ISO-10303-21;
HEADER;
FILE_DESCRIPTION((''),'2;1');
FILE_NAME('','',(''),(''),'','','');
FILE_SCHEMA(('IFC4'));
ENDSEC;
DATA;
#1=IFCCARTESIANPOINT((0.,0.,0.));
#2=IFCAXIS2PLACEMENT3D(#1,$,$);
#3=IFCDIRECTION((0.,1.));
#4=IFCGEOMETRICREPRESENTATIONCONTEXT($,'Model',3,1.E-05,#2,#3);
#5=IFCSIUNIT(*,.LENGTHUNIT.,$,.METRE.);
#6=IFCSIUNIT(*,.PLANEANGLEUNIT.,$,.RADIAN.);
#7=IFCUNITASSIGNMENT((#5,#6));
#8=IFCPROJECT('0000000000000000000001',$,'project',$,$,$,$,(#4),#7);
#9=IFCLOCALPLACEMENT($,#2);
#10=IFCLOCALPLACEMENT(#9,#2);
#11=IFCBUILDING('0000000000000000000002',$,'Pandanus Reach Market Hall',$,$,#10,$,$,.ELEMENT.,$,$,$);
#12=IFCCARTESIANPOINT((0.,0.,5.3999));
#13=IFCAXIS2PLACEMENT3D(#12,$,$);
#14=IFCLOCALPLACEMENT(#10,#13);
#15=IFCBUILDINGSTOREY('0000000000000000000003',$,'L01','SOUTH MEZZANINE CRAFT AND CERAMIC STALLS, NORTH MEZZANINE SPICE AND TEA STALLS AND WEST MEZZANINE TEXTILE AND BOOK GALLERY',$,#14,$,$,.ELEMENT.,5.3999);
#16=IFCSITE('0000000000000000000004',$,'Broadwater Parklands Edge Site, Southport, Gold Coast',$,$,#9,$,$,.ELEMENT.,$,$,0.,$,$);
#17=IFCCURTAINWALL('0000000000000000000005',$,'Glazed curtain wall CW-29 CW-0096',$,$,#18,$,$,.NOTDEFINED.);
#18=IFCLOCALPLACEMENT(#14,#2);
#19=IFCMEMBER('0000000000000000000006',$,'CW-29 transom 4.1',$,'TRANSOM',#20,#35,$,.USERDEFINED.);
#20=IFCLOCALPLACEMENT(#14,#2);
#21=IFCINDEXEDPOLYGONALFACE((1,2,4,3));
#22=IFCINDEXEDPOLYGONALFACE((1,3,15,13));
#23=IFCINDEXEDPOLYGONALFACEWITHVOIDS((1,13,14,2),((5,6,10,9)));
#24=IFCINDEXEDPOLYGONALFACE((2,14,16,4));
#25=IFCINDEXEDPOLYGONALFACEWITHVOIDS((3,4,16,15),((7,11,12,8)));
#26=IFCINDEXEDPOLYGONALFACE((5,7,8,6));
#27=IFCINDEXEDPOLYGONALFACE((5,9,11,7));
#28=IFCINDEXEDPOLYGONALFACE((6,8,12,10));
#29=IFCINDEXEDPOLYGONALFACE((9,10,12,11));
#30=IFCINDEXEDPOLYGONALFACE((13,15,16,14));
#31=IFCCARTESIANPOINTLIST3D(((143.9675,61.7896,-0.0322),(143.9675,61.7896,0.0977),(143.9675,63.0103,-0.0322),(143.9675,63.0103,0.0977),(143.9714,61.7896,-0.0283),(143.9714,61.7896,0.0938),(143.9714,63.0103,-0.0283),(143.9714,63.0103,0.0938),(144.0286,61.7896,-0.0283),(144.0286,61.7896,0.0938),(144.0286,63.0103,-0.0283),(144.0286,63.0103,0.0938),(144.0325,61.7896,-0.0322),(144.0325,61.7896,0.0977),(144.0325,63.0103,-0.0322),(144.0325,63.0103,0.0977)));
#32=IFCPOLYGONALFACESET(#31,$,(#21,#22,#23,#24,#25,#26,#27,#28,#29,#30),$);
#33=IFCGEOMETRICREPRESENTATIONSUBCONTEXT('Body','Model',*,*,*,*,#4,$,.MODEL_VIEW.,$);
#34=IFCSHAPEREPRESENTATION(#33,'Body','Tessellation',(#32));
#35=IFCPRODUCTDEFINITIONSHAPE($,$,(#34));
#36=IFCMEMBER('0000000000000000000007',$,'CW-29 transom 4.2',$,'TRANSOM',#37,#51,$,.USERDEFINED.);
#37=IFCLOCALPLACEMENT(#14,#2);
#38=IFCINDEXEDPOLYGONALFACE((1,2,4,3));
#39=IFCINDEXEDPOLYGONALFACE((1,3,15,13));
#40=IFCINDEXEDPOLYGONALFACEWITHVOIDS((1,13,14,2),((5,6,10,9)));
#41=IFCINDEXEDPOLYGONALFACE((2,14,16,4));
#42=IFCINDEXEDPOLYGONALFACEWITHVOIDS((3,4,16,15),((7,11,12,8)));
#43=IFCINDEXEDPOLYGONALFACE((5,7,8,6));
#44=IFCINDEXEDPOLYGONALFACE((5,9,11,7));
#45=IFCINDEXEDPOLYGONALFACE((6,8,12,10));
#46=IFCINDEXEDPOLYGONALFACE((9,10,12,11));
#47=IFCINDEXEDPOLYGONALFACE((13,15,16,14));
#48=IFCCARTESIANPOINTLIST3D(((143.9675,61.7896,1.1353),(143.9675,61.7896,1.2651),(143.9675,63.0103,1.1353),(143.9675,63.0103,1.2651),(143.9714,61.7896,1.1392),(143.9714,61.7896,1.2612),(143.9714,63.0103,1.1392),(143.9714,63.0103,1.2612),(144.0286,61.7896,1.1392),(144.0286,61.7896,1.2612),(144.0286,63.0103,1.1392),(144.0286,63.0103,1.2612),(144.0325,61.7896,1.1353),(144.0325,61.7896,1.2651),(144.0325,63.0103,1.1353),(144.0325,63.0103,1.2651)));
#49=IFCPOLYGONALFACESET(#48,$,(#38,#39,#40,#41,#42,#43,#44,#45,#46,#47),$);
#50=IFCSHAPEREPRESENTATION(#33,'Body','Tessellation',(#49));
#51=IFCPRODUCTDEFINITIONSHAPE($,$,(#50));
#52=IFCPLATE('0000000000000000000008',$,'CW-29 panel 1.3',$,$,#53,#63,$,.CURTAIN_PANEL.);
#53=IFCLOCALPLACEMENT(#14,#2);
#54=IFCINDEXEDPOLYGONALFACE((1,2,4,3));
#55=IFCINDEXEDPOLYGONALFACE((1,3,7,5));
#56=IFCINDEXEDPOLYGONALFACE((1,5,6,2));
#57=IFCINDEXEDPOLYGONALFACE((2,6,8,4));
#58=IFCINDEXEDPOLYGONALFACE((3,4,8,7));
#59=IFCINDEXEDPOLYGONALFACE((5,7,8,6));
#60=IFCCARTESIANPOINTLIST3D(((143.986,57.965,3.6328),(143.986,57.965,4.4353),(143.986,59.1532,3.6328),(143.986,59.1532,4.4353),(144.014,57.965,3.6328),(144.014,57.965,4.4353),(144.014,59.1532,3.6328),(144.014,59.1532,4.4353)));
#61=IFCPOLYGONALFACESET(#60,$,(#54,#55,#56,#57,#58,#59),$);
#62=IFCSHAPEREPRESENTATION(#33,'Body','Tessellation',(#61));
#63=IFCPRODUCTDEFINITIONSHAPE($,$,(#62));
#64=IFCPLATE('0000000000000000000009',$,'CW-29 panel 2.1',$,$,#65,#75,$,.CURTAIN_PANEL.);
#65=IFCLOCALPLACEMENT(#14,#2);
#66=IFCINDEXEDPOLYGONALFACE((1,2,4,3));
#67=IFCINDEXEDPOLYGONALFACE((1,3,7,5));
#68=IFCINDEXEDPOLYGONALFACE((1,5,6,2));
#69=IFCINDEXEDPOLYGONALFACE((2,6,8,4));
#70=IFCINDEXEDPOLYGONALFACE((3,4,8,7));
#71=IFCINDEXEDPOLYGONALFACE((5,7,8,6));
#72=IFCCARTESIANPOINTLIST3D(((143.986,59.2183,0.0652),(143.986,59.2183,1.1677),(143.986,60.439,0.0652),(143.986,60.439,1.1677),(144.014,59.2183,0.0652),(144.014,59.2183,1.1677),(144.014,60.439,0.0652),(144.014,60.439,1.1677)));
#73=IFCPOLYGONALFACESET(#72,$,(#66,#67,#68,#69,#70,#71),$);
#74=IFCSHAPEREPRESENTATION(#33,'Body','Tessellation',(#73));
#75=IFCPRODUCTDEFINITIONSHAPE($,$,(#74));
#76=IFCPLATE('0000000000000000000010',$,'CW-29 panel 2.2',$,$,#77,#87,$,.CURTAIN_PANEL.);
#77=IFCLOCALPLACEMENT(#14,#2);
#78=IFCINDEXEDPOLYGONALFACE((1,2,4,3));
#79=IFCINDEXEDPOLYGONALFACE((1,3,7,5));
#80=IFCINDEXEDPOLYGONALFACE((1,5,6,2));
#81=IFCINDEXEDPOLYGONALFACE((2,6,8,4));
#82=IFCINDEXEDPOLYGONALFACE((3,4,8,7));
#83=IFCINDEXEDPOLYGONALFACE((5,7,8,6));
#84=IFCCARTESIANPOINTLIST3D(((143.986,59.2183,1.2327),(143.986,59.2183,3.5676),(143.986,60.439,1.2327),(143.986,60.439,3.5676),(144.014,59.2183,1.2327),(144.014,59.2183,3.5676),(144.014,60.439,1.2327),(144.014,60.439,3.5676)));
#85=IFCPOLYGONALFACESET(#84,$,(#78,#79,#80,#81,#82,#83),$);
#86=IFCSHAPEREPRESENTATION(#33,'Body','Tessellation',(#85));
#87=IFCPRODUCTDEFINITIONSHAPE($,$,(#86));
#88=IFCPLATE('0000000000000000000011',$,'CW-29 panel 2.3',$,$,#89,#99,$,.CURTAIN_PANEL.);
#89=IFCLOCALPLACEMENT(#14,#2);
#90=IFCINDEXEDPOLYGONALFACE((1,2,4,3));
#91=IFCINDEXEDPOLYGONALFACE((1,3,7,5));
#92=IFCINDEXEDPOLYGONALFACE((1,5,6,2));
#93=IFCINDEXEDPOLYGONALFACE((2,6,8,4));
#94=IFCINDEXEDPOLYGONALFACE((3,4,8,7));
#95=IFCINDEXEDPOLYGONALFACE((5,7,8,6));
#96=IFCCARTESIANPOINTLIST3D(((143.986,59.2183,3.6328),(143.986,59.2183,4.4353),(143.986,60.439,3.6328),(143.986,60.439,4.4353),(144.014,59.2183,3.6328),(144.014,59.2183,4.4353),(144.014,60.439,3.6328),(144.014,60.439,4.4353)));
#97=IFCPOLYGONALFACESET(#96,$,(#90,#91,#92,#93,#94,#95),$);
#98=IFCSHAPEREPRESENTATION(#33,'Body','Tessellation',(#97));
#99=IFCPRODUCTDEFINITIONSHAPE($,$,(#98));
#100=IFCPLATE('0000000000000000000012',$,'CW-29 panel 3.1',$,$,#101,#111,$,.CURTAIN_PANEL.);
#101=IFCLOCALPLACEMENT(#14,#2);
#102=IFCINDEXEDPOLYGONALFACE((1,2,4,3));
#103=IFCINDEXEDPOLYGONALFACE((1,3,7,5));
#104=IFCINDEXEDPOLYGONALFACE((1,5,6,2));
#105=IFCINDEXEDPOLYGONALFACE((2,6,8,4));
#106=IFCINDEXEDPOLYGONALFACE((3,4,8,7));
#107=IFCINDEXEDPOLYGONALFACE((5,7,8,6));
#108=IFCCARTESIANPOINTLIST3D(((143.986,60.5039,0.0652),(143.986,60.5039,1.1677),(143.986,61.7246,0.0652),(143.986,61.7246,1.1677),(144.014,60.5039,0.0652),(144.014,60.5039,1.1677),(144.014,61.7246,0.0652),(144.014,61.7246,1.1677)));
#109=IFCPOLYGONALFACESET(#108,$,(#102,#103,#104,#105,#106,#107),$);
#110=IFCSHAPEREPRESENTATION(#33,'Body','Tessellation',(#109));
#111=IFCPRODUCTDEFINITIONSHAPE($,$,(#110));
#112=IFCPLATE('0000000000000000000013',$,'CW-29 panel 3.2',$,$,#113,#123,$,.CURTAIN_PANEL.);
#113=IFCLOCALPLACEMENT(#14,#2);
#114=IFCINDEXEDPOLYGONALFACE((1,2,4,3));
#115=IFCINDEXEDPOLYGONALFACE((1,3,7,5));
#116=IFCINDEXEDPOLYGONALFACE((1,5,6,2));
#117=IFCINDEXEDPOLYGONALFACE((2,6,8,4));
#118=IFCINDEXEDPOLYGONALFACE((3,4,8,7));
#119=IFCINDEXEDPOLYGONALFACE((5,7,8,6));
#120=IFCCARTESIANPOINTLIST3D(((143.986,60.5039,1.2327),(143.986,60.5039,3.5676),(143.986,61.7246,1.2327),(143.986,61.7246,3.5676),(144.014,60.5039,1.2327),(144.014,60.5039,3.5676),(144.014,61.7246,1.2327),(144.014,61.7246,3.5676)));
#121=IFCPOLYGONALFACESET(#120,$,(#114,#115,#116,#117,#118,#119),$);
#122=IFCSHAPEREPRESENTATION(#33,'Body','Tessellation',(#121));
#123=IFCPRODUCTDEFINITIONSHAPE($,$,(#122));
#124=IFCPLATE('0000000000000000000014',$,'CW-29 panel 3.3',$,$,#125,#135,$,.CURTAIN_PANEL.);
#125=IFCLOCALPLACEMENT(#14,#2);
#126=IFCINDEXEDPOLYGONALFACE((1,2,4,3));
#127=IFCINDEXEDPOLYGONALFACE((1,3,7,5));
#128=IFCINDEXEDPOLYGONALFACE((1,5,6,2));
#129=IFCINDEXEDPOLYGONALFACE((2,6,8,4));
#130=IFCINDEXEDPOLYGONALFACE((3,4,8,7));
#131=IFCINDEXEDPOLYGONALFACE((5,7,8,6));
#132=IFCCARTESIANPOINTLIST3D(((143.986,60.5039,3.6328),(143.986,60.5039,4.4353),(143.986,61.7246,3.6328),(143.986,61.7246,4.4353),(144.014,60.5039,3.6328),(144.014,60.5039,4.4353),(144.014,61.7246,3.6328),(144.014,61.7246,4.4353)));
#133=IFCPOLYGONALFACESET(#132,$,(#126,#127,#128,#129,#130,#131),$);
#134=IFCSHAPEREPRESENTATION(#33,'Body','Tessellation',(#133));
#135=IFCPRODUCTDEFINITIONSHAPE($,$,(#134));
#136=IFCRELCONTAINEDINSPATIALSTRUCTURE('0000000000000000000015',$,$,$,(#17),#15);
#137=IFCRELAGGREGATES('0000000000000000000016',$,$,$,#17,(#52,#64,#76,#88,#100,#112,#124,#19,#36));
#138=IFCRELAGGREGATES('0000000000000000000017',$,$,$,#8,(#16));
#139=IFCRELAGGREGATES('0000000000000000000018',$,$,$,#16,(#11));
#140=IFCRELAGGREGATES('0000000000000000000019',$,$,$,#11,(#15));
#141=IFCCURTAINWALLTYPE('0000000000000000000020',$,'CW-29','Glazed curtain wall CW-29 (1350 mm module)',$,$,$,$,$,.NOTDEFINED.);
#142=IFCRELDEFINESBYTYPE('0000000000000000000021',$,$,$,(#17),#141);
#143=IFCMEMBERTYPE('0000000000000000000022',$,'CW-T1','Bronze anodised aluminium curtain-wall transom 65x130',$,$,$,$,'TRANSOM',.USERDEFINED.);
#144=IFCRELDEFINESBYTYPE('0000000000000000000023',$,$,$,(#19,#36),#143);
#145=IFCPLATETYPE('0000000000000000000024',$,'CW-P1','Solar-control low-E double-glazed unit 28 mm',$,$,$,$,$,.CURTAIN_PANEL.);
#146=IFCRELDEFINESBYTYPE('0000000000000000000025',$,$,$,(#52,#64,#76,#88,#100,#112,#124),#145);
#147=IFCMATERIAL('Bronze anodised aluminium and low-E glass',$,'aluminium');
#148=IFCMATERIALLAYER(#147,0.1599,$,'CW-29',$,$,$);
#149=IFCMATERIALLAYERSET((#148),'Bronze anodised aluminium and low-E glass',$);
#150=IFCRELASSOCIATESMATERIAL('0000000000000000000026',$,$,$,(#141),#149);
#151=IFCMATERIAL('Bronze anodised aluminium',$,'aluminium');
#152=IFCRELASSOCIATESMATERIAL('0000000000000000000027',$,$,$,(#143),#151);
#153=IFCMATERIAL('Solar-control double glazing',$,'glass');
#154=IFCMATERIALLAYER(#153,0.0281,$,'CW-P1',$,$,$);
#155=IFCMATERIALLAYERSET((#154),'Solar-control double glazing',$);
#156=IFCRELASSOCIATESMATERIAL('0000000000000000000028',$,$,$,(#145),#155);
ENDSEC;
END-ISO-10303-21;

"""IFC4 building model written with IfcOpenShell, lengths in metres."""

from ifc_helpers import new_model, si_unit, direction, frame, origin, origin_2d, place, context, subcontext, project, spatial, rectangle, hollow_rectangle, extrude, material, layer, layer_set, material_profile, profile_set, type_object, element, aggregate, save


model = new_model("IFC4")

# Units and contexts
model_context = context("Model", 3, precision=1e-05, world=origin(), true_north=direction((0.0, 1.0)))
body_context = subcontext(model_context, "Body", "Model", "MODEL_VIEW")
ifc_project = project(units=[si_unit("LENGTHUNIT", "METRE"), si_unit("PLANEANGLEUNIT", "RADIAN")], contexts=[model_context])

# Site, building, storey
site_placement = place(None, origin())
site = spatial("IfcSite", under=ifc_project, at=site_placement, Name="Broadwater Parklands Edge Site, Southport, Gold Coast", CompositionType="ELEMENT", RefElevation=0.0)
building_placement = place(site_placement, origin())
building = spatial("IfcBuilding", under=site, at=building_placement, Name="Pandanus Reach Market Hall", CompositionType="ELEMENT")
storey_placement = place(building_placement, frame((0.0, 0.0, 5.3999)))
storey = spatial("IfcBuildingStorey", under=building, at=storey_placement, Name="L01", Description="SOUTH MEZZANINE CRAFT AND CERAMIC STALLS, NORTH MEZZANINE SPICE AND TEA STALLS AND WEST MEZZANINE TEXTILE AND BOOK GALLERY", CompositionType="ELEMENT", Elevation=5.3999)

# Curtain wall, members, plates
ifc_material_1 = material(Name="Bronze anodised aluminium and low-E glass", Category="aluminium")
ifc_layer_1 = layer(ifc_material_1, 0.1599, Name="CW-29")
ifc_layer_set_1 = layer_set([ifc_layer_1], Name="Bronze anodised aluminium and low-E glass")
curtain_wall_type = type_object("IfcCurtainWallType", Name="CW-29", Description="Glazed curtain wall CW-29 (1350 mm module)", PredefinedType="NOTDEFINED", material=ifc_layer_set_1)
curtain_wall_placement = place(storey_placement, origin())
curtain_wall = element("IfcCurtainWall", 1, at=curtain_wall_placement, inside=storey, type_object=curtain_wall_type, Name="Glazed curtain wall CW-29 CW-0096", PredefinedType="NOTDEFINED")
ifc_material_2 = material(Name="Bronze anodised aluminium", Category="aluminium")
ifc_material_profile_1 = material_profile(ifc_material_2, hollow_rectangle(XDim=0.0649, YDim=0.1299, WallThickness=0.0039, at=origin_2d()), Name="ALU65x130", Category="LoadBearing")
ifc_profile_set_1 = profile_set([ifc_material_profile_1], Name="Bronze anodised aluminium")
member_type_1 = type_object("IfcMemberType", Name="CW-T1", Description="Bronze anodised aluminium curtain-wall transom 65x130", ElementType="TRANSOM", PredefinedType="USERDEFINED", material=ifc_profile_set_1)
member_1_placement = place(storey_placement, frame((144.0, 61.7896, 0.0327), z_axis=(0.0, 1.0, 0.0), x_axis=(-1.0, 0.0, 0.0)))
member_1 = element("IfcMember", 2, at=member_1_placement, type_object=member_type_1, Name="CW-29 transom 4.1", ObjectType="TRANSOM", PredefinedType="USERDEFINED", context=body_context, shape_type="SweptSolid", body=[
    extrude(hollow_rectangle(XDim=0.0649, YDim=0.1299, WallThickness=0.0039, at=origin_2d()), origin(), (0.0, 0.0, 1.0), 1.2207),
])
member_2_placement = place(storey_placement, frame((144.0, 61.7896, 1.2002), z_axis=(0.0, 1.0, 0.0), x_axis=(-1.0, 0.0, 0.0)))
member_2 = element("IfcMember", 3, at=member_2_placement, type_object=member_type_1, Name="CW-29 transom 4.2", ObjectType="TRANSOM", PredefinedType="USERDEFINED", context=body_context, shape_type="SweptSolid", body=[
    extrude(hollow_rectangle(XDim=0.0649, YDim=0.1299, WallThickness=0.0039, at=origin_2d()), origin(), (0.0, 0.0, 1.0), 1.2207),
])
ifc_material_3 = material(Name="Solar-control double glazing", Category="glass")
ifc_layer_2 = layer(ifc_material_3, 0.0281, Name="CW-P1")
ifc_layer_set_2 = layer_set([ifc_layer_2], Name="Solar-control double glazing")
plate_type = type_object("IfcPlateType", Name="CW-P1", Description="Solar-control low-E double-glazed unit 28 mm", PredefinedType="CURTAIN_PANEL", material=ifc_layer_set_2)
plate_1_placement = place(storey_placement, frame((144.0, 58.5591, 3.6328), z_axis=(0.0, 0.0, 1.0), x_axis=(0.0, 1.0, 0.0)))
plate_1 = element("IfcPlate", 4, at=plate_1_placement, type_object=plate_type, Name="CW-29 panel 1.3", PredefinedType="CURTAIN_PANEL", context=body_context, shape_type="SweptSolid", body=[
    extrude(rectangle(XDim=1.1882, YDim=0.0281, at=origin_2d()), origin(), (0.0, 0.0, 1.0), 0.8025),
])
plate_2_placement = place(storey_placement, frame((144.0, 59.8286, 0.0652), z_axis=(0.0, 0.0, 1.0), x_axis=(0.0, 1.0, 0.0)))
plate_2 = element("IfcPlate", 5, at=plate_2_placement, type_object=plate_type, Name="CW-29 panel 2.1", PredefinedType="CURTAIN_PANEL", context=body_context, shape_type="SweptSolid", body=[
    extrude(rectangle(XDim=1.2207, YDim=0.0281, at=origin_2d()), origin(), (0.0, 0.0, 1.0), 1.1025),
])
plate_3_placement = place(storey_placement, frame((144.0, 59.8286, 1.2327), z_axis=(0.0, 0.0, 1.0), x_axis=(0.0, 1.0, 0.0)))
plate_3 = element("IfcPlate", 6, at=plate_3_placement, type_object=plate_type, Name="CW-29 panel 2.2", PredefinedType="CURTAIN_PANEL", context=body_context, shape_type="SweptSolid", body=[
    extrude(rectangle(XDim=1.2207, YDim=0.0281, at=origin_2d()), origin(), (0.0, 0.0, 1.0), 2.335),
])
plate_4_placement = place(storey_placement, frame((144.0, 59.8286, 3.6328), z_axis=(0.0, 0.0, 1.0), x_axis=(0.0, 1.0, 0.0)))
plate_4 = element("IfcPlate", 7, at=plate_4_placement, type_object=plate_type, Name="CW-29 panel 2.3", PredefinedType="CURTAIN_PANEL", context=body_context, shape_type="SweptSolid", body=[
    extrude(rectangle(XDim=1.2207, YDim=0.0281, at=origin_2d()), origin(), (0.0, 0.0, 1.0), 0.8025),
])
plate_5_placement = place(storey_placement, frame((144.0, 61.1143, 0.0652), z_axis=(0.0, 0.0, 1.0), x_axis=(0.0, 1.0, 0.0)))
plate_5 = element("IfcPlate", 8, at=plate_5_placement, type_object=plate_type, Name="CW-29 panel 3.1", PredefinedType="CURTAIN_PANEL", context=body_context, shape_type="SweptSolid", body=[
    extrude(rectangle(XDim=1.2207, YDim=0.0281, at=origin_2d()), origin(), (0.0, 0.0, 1.0), 1.1025),
])
plate_6_placement = place(storey_placement, frame((144.0, 61.1143, 1.2327), z_axis=(0.0, 0.0, 1.0), x_axis=(0.0, 1.0, 0.0)))
plate_6 = element("IfcPlate", 9, at=plate_6_placement, type_object=plate_type, Name="CW-29 panel 3.2", PredefinedType="CURTAIN_PANEL", context=body_context, shape_type="SweptSolid", body=[
    extrude(rectangle(XDim=1.2207, YDim=0.0281, at=origin_2d()), origin(), (0.0, 0.0, 1.0), 2.335),
])
plate_7_placement = place(storey_placement, frame((144.0, 61.1143, 3.6328), z_axis=(0.0, 0.0, 1.0), x_axis=(0.0, 1.0, 0.0)))
plate_7 = element("IfcPlate", 10, at=plate_7_placement, type_object=plate_type, Name="CW-29 panel 3.3", PredefinedType="CURTAIN_PANEL", context=body_context, shape_type="SweptSolid", body=[
    extrude(rectangle(XDim=1.2207, YDim=0.0281, at=origin_2d()), origin(), (0.0, 0.0, 1.0), 0.8025),
])
aggregate(curtain_wall, [plate_1, plate_2, plate_3, plate_4, plate_5, plate_6, plate_7, member_1, member_2])

save(model, "model.ifc")
